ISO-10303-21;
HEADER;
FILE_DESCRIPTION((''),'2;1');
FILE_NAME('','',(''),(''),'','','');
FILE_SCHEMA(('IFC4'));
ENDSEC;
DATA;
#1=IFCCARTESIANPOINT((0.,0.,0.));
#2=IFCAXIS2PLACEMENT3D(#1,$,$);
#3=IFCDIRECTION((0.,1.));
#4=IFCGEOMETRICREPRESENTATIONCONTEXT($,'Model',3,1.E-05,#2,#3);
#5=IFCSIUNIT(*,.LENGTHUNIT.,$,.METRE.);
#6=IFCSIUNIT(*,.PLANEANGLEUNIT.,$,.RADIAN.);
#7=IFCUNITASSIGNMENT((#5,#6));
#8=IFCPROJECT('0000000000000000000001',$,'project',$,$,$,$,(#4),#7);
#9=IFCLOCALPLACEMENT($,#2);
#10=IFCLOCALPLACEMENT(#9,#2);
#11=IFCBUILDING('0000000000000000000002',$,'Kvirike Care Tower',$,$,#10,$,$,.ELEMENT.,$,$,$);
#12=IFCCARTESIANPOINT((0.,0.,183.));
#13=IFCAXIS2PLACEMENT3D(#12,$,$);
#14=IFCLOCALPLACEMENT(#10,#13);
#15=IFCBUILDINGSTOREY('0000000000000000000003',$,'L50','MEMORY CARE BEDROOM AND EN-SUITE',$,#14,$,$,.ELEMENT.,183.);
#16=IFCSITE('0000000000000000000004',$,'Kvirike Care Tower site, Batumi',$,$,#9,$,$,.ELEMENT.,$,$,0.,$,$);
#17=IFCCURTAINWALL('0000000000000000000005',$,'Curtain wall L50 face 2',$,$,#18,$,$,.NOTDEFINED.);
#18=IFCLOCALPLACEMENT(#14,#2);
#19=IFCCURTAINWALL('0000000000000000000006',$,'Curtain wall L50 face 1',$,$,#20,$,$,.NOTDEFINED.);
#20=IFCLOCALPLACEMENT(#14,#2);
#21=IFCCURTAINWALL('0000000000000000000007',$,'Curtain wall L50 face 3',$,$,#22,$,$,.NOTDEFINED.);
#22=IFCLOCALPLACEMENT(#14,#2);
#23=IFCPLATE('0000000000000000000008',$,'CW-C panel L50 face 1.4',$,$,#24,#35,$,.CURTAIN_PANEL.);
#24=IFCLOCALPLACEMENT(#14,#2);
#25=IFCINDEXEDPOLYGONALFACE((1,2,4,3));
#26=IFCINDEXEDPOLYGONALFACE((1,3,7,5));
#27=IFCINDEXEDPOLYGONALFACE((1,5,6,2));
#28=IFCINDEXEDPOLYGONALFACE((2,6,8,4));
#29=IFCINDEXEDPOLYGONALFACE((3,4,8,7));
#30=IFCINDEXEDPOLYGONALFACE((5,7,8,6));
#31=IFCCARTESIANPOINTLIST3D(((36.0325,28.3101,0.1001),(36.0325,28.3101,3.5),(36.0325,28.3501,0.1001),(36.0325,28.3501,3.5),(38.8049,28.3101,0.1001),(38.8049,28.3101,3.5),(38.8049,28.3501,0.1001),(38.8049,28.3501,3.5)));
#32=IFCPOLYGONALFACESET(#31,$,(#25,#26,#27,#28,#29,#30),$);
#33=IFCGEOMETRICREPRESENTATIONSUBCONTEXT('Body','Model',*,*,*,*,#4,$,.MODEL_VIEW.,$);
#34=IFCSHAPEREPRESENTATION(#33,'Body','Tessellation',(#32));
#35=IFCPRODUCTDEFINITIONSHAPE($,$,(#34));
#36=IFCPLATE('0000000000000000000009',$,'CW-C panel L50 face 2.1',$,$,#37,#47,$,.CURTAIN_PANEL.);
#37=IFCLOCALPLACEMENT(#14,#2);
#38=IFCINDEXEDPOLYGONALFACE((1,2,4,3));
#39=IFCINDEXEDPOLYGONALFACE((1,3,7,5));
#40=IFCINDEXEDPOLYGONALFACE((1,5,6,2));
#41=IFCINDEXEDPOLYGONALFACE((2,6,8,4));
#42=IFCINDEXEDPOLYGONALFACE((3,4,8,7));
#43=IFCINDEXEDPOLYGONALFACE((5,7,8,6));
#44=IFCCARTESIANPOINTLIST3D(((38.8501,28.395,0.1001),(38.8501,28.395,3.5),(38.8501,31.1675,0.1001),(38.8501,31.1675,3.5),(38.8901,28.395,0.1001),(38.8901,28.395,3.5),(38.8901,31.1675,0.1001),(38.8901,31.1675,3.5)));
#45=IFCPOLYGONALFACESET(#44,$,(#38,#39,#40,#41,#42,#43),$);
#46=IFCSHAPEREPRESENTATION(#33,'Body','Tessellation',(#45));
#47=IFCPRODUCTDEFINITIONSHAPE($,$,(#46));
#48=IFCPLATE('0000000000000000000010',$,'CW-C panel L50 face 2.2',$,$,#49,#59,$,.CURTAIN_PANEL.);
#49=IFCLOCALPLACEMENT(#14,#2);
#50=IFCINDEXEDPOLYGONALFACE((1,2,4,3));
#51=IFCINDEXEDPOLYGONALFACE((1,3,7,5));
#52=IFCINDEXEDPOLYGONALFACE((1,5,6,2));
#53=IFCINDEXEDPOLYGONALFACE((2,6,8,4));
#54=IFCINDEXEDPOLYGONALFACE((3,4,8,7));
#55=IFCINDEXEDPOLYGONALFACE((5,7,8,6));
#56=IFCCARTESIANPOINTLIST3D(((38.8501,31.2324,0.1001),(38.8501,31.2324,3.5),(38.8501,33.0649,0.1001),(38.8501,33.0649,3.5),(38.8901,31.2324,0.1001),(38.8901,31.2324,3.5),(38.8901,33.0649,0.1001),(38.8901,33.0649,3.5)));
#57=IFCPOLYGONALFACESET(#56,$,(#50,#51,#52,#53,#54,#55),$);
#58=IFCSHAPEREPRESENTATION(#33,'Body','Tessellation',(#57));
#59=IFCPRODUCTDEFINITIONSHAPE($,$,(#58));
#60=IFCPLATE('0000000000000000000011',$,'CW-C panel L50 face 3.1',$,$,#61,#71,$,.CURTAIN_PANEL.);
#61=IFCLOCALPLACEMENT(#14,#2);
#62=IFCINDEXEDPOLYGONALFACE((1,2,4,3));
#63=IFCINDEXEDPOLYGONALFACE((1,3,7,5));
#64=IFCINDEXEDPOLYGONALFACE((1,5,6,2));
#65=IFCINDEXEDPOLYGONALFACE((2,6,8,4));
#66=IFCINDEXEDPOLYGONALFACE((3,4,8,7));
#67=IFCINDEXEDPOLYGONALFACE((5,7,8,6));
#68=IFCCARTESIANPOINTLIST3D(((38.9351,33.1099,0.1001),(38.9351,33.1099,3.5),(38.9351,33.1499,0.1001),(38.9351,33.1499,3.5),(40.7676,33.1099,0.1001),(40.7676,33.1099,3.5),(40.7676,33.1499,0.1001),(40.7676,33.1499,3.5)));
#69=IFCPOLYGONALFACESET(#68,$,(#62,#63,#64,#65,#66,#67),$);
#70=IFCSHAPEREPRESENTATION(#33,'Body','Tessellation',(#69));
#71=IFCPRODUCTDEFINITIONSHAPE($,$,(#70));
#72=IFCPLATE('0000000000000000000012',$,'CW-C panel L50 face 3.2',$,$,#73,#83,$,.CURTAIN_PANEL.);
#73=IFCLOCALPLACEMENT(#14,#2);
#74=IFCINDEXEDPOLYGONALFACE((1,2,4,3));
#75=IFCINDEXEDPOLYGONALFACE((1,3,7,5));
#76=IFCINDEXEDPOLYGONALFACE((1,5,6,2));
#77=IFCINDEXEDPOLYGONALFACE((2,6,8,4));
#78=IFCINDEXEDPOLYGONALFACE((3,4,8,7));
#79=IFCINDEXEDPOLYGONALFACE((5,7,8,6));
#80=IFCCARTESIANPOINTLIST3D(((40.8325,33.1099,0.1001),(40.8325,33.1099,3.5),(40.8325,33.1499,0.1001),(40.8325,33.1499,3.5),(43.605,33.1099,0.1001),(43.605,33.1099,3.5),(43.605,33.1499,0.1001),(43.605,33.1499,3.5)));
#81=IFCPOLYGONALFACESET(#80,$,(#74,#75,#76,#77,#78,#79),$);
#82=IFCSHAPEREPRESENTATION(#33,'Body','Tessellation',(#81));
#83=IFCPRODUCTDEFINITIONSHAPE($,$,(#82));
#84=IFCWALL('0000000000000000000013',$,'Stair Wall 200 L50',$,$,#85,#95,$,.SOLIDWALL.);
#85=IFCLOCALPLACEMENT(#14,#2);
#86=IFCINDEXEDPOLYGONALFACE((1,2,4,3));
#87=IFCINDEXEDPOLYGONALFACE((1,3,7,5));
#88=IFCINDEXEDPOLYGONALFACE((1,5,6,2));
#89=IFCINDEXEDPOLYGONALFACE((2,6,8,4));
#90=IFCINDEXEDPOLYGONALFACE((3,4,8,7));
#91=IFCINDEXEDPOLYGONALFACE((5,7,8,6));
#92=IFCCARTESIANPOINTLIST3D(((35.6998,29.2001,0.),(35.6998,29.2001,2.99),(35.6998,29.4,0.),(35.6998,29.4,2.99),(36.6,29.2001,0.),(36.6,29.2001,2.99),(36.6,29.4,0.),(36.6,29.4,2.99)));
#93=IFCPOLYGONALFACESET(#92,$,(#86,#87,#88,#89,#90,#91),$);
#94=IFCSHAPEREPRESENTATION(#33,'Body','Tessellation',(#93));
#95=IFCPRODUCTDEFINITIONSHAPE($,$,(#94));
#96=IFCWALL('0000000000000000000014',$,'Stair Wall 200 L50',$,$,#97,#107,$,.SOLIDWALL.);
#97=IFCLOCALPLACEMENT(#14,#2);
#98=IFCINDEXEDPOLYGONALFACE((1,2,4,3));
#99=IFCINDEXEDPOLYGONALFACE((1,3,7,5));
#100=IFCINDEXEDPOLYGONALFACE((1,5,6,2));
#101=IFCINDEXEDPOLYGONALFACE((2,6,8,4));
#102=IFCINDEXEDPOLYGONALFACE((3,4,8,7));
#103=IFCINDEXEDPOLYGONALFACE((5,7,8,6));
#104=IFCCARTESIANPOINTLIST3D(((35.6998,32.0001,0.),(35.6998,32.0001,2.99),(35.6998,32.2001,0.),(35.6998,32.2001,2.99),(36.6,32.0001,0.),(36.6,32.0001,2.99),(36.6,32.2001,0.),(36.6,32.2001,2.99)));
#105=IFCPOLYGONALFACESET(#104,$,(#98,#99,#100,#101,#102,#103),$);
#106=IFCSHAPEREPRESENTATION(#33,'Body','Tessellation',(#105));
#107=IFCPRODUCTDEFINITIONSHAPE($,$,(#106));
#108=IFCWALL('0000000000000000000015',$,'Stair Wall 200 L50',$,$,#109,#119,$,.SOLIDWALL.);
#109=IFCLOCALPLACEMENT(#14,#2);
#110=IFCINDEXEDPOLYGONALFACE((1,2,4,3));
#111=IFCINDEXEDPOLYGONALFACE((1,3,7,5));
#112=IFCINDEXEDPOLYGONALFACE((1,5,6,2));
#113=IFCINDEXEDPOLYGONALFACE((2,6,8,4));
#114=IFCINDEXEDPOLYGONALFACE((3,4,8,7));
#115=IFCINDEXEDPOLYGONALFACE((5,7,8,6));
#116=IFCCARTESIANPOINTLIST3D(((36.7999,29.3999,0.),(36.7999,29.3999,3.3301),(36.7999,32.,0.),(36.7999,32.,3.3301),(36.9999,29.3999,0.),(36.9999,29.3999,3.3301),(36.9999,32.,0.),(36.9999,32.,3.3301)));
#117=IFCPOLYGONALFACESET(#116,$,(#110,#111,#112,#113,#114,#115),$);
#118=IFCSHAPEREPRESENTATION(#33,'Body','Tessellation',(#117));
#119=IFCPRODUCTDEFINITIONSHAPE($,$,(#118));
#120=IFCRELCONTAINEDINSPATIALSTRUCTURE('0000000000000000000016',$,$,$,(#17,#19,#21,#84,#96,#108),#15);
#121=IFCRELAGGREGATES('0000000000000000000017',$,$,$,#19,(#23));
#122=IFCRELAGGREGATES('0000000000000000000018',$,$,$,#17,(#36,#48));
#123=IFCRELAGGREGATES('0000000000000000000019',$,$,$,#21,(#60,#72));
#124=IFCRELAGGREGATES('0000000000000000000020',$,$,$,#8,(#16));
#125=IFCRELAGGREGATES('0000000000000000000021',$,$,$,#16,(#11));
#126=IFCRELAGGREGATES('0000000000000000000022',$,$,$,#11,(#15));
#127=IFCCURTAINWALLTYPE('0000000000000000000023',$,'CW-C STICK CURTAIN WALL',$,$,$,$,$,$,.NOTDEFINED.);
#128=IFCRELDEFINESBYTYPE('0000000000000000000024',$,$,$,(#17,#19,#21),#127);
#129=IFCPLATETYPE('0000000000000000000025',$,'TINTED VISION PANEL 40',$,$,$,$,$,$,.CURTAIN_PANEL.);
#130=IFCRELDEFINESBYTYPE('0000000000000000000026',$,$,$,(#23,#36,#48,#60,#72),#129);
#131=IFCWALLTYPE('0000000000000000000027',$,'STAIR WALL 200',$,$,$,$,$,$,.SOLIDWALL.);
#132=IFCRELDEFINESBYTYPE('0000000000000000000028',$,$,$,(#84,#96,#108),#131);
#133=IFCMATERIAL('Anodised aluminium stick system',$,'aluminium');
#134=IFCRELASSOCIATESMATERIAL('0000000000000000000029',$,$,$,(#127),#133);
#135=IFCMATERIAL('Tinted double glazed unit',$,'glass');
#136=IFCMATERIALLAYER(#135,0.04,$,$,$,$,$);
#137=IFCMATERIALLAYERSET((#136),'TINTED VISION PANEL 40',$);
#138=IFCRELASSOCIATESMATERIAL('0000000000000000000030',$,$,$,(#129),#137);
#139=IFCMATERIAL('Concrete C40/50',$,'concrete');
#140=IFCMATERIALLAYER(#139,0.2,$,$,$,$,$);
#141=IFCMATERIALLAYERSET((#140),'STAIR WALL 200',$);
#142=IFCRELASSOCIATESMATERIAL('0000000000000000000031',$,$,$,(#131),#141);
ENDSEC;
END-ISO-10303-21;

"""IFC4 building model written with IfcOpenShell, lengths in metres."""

from ifc_helpers import new_model, si_unit, direction, frame, frame_2d, origin, origin_2d, place, context, subcontext, project, spatial, rectangle, extrude, material, layer, layer_set, type_object, element, aggregate, save


model = new_model("IFC4")

# Units and contexts
model_context = context("Model", 3, precision=1e-05, world=origin(), true_north=direction((0.0, 1.0)))
body_context = subcontext(model_context, "Body", "Model", "MODEL_VIEW")
ifc_project = project(units=[si_unit("LENGTHUNIT", "METRE"), si_unit("PLANEANGLEUNIT", "RADIAN")], contexts=[model_context])

# Site, building, storey
site_placement = place(None, origin())
site = spatial("IfcSite", under=ifc_project, at=site_placement, Name="Kvirike Care Tower site, Batumi", CompositionType="ELEMENT", RefElevation=0.0)
building_placement = place(site_placement, origin())
building = spatial("IfcBuilding", under=site, at=building_placement, Name="Kvirike Care Tower", CompositionType="ELEMENT")
storey_placement = place(building_placement, frame((0.0, 0.0, 183.0)))
storey = spatial("IfcBuildingStorey", under=building, at=storey_placement, Name="L50", Description="MEMORY CARE BEDROOM AND EN-SUITE", CompositionType="ELEMENT", Elevation=183.0)

# Curtain wall
ifc_material_1 = material(Name="Anodised aluminium stick system", Category="aluminium")
curtain_wall_type = type_object("IfcCurtainWallType", Name="CW-C STICK CURTAIN WALL", PredefinedType="NOTDEFINED", material=ifc_material_1)
curtain_wall_1_placement = place(storey_placement, origin())
curtain_wall_1 = element("IfcCurtainWall", 1, at=curtain_wall_1_placement, inside=storey, type_object=curtain_wall_type, Name="Curtain wall L50 face 2", PredefinedType="NOTDEFINED")

# Curtain wall
curtain_wall_2_placement = place(storey_placement, origin())
curtain_wall_2 = element("IfcCurtainWall", 2, at=curtain_wall_2_placement, inside=storey, type_object=curtain_wall_type, Name="Curtain wall L50 face 1", PredefinedType="NOTDEFINED")

# Curtain wall
curtain_wall_3_placement = place(storey_placement, origin())
curtain_wall_3 = element("IfcCurtainWall", 3, at=curtain_wall_3_placement, inside=storey, type_object=curtain_wall_type, Name="Curtain wall L50 face 3", PredefinedType="NOTDEFINED")

# Plates
ifc_material_2 = material(Name="Tinted double glazed unit", Category="glass")
ifc_layer_1 = layer(ifc_material_2, 0.04)
ifc_layer_set_1 = layer_set([ifc_layer_1], Name="TINTED VISION PANEL 40")
plate_type = type_object("IfcPlateType", Name="TINTED VISION PANEL 40", PredefinedType="CURTAIN_PANEL", material=ifc_layer_set_1)
plate_1_placement = place(storey_placement, frame((37.4187, 28.3301, 0.1001), z_axis=(0.0, 0.0, 1.0), x_axis=(1.0, 0.0, 0.0)))
plate_1 = element("IfcPlate", 4, at=plate_1_placement, type_object=plate_type, Name="CW-C panel L50 face 1.4", PredefinedType="CURTAIN_PANEL", context=body_context, shape_type="SweptSolid", body=[
    extrude(rectangle(XDim=2.7725, YDim=0.04, at=origin_2d()), origin(), (0.0, 0.0, 1.0), 3.3999),
])
aggregate(curtain_wall_2, [plate_1])
plate_2_placement = place(storey_placement, frame((38.8701, 29.7812, 0.1001), z_axis=(0.0, 0.0, 1.0), x_axis=(0.0, 1.0, 0.0)))
plate_2 = element("IfcPlate", 5, at=plate_2_placement, type_object=plate_type, Name="CW-C panel L50 face 2.1", PredefinedType="CURTAIN_PANEL", context=body_context, shape_type="SweptSolid", body=[
    extrude(rectangle(XDim=2.7725, YDim=0.04, at=origin_2d()), origin(), (0.0, 0.0, 1.0), 3.3999),
])
plate_3_placement = place(storey_placement, frame((38.8701, 32.1487, 0.1001), z_axis=(0.0, 0.0, 1.0), x_axis=(0.0, 1.0, 0.0)))
plate_3 = element("IfcPlate", 6, at=plate_3_placement, type_object=plate_type, Name="CW-C panel L50 face 2.2", PredefinedType="CURTAIN_PANEL", context=body_context, shape_type="SweptSolid", body=[
    extrude(rectangle(XDim=1.8325, YDim=0.04, at=origin_2d()), origin(), (0.0, 0.0, 1.0), 3.3999),
])
aggregate(curtain_wall_1, [plate_2, plate_3])
plate_4_placement = place(storey_placement, frame((39.8513, 33.1299, 0.1001), z_axis=(0.0, 0.0, 1.0), x_axis=(1.0, 0.0, 0.0)))
plate_4 = element("IfcPlate", 7, at=plate_4_placement, type_object=plate_type, Name="CW-C panel L50 face 3.1", PredefinedType="CURTAIN_PANEL", context=body_context, shape_type="SweptSolid", body=[
    extrude(rectangle(XDim=1.8325, YDim=0.04, at=origin_2d()), origin(), (0.0, 0.0, 1.0), 3.3999),
])
plate_5_placement = place(storey_placement, frame((42.2188, 33.1299, 0.1001), z_axis=(0.0, 0.0, 1.0), x_axis=(1.0, 0.0, 0.0)))
plate_5 = element("IfcPlate", 8, at=plate_5_placement, type_object=plate_type, Name="CW-C panel L50 face 3.2", PredefinedType="CURTAIN_PANEL", context=body_context, shape_type="SweptSolid", body=[
    extrude(rectangle(XDim=2.7725, YDim=0.04, at=origin_2d()), origin(), (0.0, 0.0, 1.0), 3.3999),
])
aggregate(curtain_wall_3, [plate_4, plate_5])

# Walls
ifc_material_3 = material(Name="Concrete C40/50", Category="concrete")
ifc_layer_2 = layer(ifc_material_3, 0.2)
ifc_layer_set_2 = layer_set([ifc_layer_2], Name="STAIR WALL 200")
wall_type = type_object("IfcWallType", Name="STAIR WALL 200", PredefinedType="SOLIDWALL", material=ifc_layer_set_2)
for number, where, z_axis, x_axis, name in (
    (9, (36.6001, 29.3, 0.0), (0.0, 0.0, 1.0), (-1.0, 0.0, 0.0), "Stair Wall 200 L50"),
    (10, (36.6001, 32.1001, 0.0), (0.0, 0.0, 1.0), (-1.0, 0.0, 0.0), "Stair Wall 200 L50"),
):
    element("IfcWall", number, at=place(storey_placement, frame(where, z_axis=z_axis, x_axis=x_axis)), inside=storey, type_object=wall_type, Name=name, PredefinedType="SOLIDWALL", context=body_context, shape_type="SweptSolid", body=[
        extrude(rectangle(XDim=0.9001, YDim=0.2, at=frame_2d((0.4502, 0.0))), origin(), (0.0, 0.0, 1.0), 2.99),
    ])
wall_placement = place(storey_placement, frame((36.8999, 29.3999, 0.0), z_axis=(0.0, 0.0, 1.0), x_axis=(0.0, 1.0, 0.0)))
element("IfcWall", 11, at=wall_placement, inside=storey, type_object=wall_type, Name="Stair Wall 200 L50", PredefinedType="SOLIDWALL", context=body_context, shape_type="SweptSolid", body=[
    extrude(rectangle(XDim=2.6001, YDim=0.2, at=frame_2d((1.3, 0.0))), origin(), (0.0, 0.0, 1.0), 3.3301),
])

save(model, "model.ifc")
